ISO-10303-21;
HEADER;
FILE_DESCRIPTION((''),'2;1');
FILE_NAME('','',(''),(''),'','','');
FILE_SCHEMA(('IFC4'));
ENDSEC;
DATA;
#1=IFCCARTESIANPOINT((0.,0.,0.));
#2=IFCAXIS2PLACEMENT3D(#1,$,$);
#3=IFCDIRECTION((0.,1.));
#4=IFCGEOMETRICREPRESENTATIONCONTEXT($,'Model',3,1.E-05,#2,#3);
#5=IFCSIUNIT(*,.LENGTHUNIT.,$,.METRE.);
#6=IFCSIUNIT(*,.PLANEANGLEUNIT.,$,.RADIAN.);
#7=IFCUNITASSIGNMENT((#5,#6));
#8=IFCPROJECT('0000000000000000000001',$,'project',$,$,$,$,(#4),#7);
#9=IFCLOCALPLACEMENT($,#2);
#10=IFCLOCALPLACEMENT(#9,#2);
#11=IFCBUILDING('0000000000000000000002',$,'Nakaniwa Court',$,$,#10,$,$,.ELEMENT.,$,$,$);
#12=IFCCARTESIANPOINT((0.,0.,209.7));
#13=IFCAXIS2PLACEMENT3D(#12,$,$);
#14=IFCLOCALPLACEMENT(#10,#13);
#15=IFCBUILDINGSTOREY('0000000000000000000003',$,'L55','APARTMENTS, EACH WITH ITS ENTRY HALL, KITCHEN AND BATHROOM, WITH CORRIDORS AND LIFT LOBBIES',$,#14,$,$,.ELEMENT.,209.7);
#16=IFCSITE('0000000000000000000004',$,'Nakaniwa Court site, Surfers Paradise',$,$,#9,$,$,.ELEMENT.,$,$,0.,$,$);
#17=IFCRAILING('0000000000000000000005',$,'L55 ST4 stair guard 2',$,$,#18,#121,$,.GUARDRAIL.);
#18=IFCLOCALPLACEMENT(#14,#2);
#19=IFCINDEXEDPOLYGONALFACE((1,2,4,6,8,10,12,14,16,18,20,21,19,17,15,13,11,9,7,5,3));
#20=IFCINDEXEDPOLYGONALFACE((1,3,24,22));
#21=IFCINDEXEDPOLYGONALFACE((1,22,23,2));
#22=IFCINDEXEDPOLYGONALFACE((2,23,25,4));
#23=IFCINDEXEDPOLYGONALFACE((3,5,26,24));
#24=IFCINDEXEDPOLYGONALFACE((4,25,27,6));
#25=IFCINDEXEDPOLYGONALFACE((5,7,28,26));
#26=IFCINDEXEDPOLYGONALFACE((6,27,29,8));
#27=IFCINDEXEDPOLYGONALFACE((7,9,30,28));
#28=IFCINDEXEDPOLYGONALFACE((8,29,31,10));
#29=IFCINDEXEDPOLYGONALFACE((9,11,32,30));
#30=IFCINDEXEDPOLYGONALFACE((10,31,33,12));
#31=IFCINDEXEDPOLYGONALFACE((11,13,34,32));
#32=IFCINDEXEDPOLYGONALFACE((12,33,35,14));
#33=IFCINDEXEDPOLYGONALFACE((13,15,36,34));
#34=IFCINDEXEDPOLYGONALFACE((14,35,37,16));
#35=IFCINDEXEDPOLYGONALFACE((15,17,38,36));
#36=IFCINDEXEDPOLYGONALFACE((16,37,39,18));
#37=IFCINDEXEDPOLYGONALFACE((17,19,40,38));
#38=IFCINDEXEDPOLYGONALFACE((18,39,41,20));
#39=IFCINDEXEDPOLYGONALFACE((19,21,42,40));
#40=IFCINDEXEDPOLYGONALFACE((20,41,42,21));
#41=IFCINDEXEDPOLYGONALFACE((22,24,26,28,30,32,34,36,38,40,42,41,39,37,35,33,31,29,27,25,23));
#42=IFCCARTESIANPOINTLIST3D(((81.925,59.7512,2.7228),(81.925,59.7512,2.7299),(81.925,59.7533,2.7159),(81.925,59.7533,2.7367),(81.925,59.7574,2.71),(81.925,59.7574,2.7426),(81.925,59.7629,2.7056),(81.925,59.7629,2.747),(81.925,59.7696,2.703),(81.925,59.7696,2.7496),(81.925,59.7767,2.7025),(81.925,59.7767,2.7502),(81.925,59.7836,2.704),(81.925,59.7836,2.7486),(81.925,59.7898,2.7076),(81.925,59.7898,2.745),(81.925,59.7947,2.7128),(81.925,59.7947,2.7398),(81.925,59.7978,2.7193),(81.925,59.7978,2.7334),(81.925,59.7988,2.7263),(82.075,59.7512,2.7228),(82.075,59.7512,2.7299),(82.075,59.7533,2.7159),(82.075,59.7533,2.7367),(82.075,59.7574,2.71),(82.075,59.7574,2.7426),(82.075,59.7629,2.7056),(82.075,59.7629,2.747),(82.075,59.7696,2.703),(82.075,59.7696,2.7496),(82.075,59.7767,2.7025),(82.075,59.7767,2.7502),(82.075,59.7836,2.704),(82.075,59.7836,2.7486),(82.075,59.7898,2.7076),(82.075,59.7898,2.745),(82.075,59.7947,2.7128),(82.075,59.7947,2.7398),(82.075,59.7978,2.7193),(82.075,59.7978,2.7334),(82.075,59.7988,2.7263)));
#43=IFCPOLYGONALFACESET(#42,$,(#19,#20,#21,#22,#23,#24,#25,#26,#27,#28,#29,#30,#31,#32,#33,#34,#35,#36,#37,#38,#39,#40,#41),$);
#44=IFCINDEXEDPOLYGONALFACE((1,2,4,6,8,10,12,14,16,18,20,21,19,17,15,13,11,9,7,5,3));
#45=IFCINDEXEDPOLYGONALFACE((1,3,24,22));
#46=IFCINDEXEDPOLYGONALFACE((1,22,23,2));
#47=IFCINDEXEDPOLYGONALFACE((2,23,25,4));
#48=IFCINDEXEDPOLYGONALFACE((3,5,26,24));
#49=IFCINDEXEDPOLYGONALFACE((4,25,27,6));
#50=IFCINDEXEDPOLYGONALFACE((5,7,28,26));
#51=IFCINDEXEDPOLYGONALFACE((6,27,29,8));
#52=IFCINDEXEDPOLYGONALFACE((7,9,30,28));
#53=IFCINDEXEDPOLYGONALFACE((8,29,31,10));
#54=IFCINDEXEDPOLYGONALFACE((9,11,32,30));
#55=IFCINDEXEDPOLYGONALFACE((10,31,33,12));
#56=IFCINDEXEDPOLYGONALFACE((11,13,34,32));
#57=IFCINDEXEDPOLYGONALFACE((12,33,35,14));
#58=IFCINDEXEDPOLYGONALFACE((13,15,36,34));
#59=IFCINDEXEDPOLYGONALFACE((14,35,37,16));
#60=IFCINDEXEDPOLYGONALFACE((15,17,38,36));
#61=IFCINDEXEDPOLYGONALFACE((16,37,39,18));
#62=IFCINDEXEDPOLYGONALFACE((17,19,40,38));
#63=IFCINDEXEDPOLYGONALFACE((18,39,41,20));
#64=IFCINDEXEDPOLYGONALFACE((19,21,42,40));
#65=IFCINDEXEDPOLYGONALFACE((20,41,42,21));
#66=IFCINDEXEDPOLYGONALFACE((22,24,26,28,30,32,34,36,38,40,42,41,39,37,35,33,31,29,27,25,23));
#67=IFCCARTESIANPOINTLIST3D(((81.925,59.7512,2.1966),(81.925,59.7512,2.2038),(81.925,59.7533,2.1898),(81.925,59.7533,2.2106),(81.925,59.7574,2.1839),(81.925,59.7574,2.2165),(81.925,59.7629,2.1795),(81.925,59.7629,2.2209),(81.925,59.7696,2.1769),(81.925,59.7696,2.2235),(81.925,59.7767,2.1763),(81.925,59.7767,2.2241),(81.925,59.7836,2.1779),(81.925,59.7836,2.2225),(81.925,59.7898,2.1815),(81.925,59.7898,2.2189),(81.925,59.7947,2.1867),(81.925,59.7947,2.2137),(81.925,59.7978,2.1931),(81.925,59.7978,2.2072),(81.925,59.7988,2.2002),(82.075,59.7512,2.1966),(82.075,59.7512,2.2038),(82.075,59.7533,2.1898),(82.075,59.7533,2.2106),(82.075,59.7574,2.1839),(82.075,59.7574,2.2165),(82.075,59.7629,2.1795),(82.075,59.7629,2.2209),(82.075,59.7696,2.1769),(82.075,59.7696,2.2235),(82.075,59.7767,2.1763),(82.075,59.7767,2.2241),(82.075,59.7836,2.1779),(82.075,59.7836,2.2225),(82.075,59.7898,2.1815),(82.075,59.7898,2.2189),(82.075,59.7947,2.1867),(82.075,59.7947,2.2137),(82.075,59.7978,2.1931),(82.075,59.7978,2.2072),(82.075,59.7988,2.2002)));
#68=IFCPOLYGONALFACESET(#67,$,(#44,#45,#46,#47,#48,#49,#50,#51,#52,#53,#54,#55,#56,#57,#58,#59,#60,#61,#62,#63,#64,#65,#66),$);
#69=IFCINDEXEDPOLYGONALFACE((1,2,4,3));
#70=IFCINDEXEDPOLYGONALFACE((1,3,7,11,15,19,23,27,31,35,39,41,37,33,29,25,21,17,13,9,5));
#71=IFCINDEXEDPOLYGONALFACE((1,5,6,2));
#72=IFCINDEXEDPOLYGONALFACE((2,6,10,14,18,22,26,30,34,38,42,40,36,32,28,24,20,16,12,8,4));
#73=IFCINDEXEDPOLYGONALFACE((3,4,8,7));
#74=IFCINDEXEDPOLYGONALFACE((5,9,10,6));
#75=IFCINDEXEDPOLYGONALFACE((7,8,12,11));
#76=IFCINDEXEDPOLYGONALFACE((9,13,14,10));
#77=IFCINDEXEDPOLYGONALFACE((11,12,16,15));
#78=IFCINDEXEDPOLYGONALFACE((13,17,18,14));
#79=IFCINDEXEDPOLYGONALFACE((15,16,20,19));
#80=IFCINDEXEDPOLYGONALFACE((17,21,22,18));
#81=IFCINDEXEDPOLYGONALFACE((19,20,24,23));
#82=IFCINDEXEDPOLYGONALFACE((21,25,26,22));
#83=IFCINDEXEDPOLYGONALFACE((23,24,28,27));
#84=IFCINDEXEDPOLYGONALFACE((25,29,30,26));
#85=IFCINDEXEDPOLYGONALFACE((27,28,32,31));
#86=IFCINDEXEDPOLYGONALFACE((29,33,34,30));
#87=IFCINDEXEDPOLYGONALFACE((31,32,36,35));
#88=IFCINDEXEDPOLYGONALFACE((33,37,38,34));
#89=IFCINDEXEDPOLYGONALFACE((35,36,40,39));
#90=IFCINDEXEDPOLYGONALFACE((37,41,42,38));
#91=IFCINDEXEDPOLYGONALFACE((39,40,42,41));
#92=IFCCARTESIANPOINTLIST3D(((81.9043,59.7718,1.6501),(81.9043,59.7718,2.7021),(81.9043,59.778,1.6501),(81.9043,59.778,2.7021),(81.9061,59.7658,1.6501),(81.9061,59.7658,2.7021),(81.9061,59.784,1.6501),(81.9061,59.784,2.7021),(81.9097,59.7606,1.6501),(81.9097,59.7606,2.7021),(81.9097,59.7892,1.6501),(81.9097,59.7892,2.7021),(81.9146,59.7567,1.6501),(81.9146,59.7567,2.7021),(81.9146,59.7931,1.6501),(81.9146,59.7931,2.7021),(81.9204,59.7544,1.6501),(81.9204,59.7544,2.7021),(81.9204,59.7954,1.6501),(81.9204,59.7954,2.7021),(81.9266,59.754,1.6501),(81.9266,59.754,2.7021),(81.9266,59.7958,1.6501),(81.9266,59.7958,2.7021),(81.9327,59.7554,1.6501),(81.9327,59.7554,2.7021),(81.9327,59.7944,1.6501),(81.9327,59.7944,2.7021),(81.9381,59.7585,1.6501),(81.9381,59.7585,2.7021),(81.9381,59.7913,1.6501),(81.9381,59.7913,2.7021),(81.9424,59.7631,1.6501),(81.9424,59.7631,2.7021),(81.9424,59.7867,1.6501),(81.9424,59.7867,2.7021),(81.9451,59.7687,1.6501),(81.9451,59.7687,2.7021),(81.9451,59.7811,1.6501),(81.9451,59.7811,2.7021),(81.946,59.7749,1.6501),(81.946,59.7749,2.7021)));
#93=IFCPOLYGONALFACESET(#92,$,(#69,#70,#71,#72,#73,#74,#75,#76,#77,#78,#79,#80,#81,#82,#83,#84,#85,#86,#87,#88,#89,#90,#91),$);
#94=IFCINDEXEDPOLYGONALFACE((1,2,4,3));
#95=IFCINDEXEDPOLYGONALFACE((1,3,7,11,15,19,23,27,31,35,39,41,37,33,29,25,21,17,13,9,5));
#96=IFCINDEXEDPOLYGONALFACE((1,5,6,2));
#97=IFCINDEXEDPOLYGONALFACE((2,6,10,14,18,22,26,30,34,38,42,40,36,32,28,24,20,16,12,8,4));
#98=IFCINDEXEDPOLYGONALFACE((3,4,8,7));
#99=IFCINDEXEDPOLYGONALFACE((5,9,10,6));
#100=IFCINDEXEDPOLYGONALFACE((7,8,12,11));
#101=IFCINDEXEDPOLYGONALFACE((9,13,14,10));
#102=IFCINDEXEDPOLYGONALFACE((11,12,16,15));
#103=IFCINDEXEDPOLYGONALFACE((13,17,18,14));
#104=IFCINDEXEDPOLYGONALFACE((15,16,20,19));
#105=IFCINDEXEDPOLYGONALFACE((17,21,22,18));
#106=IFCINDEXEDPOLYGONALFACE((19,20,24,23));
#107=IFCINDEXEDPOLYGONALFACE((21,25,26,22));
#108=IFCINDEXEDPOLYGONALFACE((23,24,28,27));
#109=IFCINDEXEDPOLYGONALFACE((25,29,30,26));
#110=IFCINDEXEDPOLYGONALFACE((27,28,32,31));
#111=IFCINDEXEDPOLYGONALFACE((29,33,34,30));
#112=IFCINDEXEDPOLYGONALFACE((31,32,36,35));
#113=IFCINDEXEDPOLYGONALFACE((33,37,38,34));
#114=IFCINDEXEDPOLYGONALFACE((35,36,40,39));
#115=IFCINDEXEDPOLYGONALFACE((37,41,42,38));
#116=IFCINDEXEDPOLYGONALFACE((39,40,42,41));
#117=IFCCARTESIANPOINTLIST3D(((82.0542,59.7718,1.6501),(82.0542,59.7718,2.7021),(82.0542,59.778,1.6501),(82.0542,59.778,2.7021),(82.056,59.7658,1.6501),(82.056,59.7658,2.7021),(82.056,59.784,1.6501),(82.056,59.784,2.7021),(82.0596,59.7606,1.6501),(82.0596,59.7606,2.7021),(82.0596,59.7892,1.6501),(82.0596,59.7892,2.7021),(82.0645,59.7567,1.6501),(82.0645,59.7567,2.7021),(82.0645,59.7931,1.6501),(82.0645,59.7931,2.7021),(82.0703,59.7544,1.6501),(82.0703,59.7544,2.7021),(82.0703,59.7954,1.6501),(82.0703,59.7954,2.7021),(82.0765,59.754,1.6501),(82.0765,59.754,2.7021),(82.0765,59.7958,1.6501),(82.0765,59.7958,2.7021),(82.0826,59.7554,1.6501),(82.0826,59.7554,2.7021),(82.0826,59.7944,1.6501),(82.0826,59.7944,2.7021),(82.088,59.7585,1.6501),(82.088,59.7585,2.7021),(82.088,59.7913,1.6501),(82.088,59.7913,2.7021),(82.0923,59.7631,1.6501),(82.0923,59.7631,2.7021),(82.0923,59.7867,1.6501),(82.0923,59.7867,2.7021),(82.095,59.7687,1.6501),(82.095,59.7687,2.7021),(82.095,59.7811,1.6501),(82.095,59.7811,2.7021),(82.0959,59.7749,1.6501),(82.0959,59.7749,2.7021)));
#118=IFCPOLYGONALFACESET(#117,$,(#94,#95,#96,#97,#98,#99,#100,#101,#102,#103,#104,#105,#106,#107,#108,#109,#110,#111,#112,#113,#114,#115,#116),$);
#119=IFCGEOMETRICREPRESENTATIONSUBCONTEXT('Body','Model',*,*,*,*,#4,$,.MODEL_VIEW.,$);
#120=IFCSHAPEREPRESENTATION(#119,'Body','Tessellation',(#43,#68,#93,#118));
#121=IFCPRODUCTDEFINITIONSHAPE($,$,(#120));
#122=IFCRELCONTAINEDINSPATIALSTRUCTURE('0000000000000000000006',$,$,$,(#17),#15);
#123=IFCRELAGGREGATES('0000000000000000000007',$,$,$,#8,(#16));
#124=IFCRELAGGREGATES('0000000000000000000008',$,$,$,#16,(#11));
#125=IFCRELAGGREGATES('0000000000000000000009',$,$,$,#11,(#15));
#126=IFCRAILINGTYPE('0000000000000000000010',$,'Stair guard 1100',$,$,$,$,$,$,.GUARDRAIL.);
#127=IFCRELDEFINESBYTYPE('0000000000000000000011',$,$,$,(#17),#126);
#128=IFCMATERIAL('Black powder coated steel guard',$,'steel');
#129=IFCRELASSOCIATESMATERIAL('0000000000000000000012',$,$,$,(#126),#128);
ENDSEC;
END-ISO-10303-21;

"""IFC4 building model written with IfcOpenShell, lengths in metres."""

from ifc_helpers import new_model, si_unit, direction, frame, origin, origin_2d, place, context, subcontext, project, spatial, circle, extrude, material, type_object, element, save


model = new_model("IFC4")

# Units and contexts
model_context = context("Model", 3, precision=1e-05, world=origin(), true_north=direction((0.0, 1.0)))
body_context = subcontext(model_context, "Body", "Model", "MODEL_VIEW")
ifc_project = project(units=[si_unit("LENGTHUNIT", "METRE"), si_unit("PLANEANGLEUNIT", "RADIAN")], contexts=[model_context])

# Site, building, storey
site_placement = place(None, origin())
site = spatial("IfcSite", under=ifc_project, at=site_placement, Name="Nakaniwa Court site, Surfers Paradise", CompositionType="ELEMENT", RefElevation=0.0)
building_placement = place(site_placement, origin())
building = spatial("IfcBuilding", under=site, at=building_placement, Name="Nakaniwa Court", CompositionType="ELEMENT")
storey_placement = place(building_placement, frame((0.0, 0.0, 209.7)))
storey = spatial("IfcBuildingStorey", under=building, at=storey_placement, Name="L55", Description="APARTMENTS, EACH WITH ITS ENTRY HALL, KITCHEN AND BATHROOM, WITH CORRIDORS AND LIFT LOBBIES", CompositionType="ELEMENT", Elevation=209.7)

# Railing
ifc_material_1 = material(Name="Black powder coated steel guard", Category="steel")
railing_type_1 = type_object("IfcRailingType", Name="Stair guard 1100", PredefinedType="GUARDRAIL", material=ifc_material_1)
railing_1_placement = place(storey_placement, frame((81.925, 59.7749, 1.6501)))
element("IfcRailing", 1, at=railing_1_placement, inside=storey, type_object=railing_type_1, Name="L55 ST4 stair guard 2", PredefinedType="GUARDRAIL", context=body_context, shape_type="SweptSolid", body=[
    extrude(circle(Radius=0.0239, at=origin_2d()), frame((0.0, 0.0, 1.0762), z_axis=(1.0, 0.0, 0.0), x_axis=(0.0, 1.0, 0.0)), (0.0, 0.0, 1.0), 0.1499),
    extrude(circle(Radius=0.0239, at=origin_2d()), frame((0.0, 0.0, 0.55), z_axis=(1.0, 0.0, 0.0), x_axis=(0.0, 1.0, 0.0)), (0.0, 0.0, 1.0), 0.1499),
    extrude(circle(Radius=0.021, at=origin_2d()), origin(), (0.0, 0.0, 1.0), 1.052),
    extrude(circle(Radius=0.021, at=origin_2d()), frame((0.1499, 0.0, 0.0)), (0.0, 0.0, 1.0), 1.052),
])

save(model, "model.ifc")
